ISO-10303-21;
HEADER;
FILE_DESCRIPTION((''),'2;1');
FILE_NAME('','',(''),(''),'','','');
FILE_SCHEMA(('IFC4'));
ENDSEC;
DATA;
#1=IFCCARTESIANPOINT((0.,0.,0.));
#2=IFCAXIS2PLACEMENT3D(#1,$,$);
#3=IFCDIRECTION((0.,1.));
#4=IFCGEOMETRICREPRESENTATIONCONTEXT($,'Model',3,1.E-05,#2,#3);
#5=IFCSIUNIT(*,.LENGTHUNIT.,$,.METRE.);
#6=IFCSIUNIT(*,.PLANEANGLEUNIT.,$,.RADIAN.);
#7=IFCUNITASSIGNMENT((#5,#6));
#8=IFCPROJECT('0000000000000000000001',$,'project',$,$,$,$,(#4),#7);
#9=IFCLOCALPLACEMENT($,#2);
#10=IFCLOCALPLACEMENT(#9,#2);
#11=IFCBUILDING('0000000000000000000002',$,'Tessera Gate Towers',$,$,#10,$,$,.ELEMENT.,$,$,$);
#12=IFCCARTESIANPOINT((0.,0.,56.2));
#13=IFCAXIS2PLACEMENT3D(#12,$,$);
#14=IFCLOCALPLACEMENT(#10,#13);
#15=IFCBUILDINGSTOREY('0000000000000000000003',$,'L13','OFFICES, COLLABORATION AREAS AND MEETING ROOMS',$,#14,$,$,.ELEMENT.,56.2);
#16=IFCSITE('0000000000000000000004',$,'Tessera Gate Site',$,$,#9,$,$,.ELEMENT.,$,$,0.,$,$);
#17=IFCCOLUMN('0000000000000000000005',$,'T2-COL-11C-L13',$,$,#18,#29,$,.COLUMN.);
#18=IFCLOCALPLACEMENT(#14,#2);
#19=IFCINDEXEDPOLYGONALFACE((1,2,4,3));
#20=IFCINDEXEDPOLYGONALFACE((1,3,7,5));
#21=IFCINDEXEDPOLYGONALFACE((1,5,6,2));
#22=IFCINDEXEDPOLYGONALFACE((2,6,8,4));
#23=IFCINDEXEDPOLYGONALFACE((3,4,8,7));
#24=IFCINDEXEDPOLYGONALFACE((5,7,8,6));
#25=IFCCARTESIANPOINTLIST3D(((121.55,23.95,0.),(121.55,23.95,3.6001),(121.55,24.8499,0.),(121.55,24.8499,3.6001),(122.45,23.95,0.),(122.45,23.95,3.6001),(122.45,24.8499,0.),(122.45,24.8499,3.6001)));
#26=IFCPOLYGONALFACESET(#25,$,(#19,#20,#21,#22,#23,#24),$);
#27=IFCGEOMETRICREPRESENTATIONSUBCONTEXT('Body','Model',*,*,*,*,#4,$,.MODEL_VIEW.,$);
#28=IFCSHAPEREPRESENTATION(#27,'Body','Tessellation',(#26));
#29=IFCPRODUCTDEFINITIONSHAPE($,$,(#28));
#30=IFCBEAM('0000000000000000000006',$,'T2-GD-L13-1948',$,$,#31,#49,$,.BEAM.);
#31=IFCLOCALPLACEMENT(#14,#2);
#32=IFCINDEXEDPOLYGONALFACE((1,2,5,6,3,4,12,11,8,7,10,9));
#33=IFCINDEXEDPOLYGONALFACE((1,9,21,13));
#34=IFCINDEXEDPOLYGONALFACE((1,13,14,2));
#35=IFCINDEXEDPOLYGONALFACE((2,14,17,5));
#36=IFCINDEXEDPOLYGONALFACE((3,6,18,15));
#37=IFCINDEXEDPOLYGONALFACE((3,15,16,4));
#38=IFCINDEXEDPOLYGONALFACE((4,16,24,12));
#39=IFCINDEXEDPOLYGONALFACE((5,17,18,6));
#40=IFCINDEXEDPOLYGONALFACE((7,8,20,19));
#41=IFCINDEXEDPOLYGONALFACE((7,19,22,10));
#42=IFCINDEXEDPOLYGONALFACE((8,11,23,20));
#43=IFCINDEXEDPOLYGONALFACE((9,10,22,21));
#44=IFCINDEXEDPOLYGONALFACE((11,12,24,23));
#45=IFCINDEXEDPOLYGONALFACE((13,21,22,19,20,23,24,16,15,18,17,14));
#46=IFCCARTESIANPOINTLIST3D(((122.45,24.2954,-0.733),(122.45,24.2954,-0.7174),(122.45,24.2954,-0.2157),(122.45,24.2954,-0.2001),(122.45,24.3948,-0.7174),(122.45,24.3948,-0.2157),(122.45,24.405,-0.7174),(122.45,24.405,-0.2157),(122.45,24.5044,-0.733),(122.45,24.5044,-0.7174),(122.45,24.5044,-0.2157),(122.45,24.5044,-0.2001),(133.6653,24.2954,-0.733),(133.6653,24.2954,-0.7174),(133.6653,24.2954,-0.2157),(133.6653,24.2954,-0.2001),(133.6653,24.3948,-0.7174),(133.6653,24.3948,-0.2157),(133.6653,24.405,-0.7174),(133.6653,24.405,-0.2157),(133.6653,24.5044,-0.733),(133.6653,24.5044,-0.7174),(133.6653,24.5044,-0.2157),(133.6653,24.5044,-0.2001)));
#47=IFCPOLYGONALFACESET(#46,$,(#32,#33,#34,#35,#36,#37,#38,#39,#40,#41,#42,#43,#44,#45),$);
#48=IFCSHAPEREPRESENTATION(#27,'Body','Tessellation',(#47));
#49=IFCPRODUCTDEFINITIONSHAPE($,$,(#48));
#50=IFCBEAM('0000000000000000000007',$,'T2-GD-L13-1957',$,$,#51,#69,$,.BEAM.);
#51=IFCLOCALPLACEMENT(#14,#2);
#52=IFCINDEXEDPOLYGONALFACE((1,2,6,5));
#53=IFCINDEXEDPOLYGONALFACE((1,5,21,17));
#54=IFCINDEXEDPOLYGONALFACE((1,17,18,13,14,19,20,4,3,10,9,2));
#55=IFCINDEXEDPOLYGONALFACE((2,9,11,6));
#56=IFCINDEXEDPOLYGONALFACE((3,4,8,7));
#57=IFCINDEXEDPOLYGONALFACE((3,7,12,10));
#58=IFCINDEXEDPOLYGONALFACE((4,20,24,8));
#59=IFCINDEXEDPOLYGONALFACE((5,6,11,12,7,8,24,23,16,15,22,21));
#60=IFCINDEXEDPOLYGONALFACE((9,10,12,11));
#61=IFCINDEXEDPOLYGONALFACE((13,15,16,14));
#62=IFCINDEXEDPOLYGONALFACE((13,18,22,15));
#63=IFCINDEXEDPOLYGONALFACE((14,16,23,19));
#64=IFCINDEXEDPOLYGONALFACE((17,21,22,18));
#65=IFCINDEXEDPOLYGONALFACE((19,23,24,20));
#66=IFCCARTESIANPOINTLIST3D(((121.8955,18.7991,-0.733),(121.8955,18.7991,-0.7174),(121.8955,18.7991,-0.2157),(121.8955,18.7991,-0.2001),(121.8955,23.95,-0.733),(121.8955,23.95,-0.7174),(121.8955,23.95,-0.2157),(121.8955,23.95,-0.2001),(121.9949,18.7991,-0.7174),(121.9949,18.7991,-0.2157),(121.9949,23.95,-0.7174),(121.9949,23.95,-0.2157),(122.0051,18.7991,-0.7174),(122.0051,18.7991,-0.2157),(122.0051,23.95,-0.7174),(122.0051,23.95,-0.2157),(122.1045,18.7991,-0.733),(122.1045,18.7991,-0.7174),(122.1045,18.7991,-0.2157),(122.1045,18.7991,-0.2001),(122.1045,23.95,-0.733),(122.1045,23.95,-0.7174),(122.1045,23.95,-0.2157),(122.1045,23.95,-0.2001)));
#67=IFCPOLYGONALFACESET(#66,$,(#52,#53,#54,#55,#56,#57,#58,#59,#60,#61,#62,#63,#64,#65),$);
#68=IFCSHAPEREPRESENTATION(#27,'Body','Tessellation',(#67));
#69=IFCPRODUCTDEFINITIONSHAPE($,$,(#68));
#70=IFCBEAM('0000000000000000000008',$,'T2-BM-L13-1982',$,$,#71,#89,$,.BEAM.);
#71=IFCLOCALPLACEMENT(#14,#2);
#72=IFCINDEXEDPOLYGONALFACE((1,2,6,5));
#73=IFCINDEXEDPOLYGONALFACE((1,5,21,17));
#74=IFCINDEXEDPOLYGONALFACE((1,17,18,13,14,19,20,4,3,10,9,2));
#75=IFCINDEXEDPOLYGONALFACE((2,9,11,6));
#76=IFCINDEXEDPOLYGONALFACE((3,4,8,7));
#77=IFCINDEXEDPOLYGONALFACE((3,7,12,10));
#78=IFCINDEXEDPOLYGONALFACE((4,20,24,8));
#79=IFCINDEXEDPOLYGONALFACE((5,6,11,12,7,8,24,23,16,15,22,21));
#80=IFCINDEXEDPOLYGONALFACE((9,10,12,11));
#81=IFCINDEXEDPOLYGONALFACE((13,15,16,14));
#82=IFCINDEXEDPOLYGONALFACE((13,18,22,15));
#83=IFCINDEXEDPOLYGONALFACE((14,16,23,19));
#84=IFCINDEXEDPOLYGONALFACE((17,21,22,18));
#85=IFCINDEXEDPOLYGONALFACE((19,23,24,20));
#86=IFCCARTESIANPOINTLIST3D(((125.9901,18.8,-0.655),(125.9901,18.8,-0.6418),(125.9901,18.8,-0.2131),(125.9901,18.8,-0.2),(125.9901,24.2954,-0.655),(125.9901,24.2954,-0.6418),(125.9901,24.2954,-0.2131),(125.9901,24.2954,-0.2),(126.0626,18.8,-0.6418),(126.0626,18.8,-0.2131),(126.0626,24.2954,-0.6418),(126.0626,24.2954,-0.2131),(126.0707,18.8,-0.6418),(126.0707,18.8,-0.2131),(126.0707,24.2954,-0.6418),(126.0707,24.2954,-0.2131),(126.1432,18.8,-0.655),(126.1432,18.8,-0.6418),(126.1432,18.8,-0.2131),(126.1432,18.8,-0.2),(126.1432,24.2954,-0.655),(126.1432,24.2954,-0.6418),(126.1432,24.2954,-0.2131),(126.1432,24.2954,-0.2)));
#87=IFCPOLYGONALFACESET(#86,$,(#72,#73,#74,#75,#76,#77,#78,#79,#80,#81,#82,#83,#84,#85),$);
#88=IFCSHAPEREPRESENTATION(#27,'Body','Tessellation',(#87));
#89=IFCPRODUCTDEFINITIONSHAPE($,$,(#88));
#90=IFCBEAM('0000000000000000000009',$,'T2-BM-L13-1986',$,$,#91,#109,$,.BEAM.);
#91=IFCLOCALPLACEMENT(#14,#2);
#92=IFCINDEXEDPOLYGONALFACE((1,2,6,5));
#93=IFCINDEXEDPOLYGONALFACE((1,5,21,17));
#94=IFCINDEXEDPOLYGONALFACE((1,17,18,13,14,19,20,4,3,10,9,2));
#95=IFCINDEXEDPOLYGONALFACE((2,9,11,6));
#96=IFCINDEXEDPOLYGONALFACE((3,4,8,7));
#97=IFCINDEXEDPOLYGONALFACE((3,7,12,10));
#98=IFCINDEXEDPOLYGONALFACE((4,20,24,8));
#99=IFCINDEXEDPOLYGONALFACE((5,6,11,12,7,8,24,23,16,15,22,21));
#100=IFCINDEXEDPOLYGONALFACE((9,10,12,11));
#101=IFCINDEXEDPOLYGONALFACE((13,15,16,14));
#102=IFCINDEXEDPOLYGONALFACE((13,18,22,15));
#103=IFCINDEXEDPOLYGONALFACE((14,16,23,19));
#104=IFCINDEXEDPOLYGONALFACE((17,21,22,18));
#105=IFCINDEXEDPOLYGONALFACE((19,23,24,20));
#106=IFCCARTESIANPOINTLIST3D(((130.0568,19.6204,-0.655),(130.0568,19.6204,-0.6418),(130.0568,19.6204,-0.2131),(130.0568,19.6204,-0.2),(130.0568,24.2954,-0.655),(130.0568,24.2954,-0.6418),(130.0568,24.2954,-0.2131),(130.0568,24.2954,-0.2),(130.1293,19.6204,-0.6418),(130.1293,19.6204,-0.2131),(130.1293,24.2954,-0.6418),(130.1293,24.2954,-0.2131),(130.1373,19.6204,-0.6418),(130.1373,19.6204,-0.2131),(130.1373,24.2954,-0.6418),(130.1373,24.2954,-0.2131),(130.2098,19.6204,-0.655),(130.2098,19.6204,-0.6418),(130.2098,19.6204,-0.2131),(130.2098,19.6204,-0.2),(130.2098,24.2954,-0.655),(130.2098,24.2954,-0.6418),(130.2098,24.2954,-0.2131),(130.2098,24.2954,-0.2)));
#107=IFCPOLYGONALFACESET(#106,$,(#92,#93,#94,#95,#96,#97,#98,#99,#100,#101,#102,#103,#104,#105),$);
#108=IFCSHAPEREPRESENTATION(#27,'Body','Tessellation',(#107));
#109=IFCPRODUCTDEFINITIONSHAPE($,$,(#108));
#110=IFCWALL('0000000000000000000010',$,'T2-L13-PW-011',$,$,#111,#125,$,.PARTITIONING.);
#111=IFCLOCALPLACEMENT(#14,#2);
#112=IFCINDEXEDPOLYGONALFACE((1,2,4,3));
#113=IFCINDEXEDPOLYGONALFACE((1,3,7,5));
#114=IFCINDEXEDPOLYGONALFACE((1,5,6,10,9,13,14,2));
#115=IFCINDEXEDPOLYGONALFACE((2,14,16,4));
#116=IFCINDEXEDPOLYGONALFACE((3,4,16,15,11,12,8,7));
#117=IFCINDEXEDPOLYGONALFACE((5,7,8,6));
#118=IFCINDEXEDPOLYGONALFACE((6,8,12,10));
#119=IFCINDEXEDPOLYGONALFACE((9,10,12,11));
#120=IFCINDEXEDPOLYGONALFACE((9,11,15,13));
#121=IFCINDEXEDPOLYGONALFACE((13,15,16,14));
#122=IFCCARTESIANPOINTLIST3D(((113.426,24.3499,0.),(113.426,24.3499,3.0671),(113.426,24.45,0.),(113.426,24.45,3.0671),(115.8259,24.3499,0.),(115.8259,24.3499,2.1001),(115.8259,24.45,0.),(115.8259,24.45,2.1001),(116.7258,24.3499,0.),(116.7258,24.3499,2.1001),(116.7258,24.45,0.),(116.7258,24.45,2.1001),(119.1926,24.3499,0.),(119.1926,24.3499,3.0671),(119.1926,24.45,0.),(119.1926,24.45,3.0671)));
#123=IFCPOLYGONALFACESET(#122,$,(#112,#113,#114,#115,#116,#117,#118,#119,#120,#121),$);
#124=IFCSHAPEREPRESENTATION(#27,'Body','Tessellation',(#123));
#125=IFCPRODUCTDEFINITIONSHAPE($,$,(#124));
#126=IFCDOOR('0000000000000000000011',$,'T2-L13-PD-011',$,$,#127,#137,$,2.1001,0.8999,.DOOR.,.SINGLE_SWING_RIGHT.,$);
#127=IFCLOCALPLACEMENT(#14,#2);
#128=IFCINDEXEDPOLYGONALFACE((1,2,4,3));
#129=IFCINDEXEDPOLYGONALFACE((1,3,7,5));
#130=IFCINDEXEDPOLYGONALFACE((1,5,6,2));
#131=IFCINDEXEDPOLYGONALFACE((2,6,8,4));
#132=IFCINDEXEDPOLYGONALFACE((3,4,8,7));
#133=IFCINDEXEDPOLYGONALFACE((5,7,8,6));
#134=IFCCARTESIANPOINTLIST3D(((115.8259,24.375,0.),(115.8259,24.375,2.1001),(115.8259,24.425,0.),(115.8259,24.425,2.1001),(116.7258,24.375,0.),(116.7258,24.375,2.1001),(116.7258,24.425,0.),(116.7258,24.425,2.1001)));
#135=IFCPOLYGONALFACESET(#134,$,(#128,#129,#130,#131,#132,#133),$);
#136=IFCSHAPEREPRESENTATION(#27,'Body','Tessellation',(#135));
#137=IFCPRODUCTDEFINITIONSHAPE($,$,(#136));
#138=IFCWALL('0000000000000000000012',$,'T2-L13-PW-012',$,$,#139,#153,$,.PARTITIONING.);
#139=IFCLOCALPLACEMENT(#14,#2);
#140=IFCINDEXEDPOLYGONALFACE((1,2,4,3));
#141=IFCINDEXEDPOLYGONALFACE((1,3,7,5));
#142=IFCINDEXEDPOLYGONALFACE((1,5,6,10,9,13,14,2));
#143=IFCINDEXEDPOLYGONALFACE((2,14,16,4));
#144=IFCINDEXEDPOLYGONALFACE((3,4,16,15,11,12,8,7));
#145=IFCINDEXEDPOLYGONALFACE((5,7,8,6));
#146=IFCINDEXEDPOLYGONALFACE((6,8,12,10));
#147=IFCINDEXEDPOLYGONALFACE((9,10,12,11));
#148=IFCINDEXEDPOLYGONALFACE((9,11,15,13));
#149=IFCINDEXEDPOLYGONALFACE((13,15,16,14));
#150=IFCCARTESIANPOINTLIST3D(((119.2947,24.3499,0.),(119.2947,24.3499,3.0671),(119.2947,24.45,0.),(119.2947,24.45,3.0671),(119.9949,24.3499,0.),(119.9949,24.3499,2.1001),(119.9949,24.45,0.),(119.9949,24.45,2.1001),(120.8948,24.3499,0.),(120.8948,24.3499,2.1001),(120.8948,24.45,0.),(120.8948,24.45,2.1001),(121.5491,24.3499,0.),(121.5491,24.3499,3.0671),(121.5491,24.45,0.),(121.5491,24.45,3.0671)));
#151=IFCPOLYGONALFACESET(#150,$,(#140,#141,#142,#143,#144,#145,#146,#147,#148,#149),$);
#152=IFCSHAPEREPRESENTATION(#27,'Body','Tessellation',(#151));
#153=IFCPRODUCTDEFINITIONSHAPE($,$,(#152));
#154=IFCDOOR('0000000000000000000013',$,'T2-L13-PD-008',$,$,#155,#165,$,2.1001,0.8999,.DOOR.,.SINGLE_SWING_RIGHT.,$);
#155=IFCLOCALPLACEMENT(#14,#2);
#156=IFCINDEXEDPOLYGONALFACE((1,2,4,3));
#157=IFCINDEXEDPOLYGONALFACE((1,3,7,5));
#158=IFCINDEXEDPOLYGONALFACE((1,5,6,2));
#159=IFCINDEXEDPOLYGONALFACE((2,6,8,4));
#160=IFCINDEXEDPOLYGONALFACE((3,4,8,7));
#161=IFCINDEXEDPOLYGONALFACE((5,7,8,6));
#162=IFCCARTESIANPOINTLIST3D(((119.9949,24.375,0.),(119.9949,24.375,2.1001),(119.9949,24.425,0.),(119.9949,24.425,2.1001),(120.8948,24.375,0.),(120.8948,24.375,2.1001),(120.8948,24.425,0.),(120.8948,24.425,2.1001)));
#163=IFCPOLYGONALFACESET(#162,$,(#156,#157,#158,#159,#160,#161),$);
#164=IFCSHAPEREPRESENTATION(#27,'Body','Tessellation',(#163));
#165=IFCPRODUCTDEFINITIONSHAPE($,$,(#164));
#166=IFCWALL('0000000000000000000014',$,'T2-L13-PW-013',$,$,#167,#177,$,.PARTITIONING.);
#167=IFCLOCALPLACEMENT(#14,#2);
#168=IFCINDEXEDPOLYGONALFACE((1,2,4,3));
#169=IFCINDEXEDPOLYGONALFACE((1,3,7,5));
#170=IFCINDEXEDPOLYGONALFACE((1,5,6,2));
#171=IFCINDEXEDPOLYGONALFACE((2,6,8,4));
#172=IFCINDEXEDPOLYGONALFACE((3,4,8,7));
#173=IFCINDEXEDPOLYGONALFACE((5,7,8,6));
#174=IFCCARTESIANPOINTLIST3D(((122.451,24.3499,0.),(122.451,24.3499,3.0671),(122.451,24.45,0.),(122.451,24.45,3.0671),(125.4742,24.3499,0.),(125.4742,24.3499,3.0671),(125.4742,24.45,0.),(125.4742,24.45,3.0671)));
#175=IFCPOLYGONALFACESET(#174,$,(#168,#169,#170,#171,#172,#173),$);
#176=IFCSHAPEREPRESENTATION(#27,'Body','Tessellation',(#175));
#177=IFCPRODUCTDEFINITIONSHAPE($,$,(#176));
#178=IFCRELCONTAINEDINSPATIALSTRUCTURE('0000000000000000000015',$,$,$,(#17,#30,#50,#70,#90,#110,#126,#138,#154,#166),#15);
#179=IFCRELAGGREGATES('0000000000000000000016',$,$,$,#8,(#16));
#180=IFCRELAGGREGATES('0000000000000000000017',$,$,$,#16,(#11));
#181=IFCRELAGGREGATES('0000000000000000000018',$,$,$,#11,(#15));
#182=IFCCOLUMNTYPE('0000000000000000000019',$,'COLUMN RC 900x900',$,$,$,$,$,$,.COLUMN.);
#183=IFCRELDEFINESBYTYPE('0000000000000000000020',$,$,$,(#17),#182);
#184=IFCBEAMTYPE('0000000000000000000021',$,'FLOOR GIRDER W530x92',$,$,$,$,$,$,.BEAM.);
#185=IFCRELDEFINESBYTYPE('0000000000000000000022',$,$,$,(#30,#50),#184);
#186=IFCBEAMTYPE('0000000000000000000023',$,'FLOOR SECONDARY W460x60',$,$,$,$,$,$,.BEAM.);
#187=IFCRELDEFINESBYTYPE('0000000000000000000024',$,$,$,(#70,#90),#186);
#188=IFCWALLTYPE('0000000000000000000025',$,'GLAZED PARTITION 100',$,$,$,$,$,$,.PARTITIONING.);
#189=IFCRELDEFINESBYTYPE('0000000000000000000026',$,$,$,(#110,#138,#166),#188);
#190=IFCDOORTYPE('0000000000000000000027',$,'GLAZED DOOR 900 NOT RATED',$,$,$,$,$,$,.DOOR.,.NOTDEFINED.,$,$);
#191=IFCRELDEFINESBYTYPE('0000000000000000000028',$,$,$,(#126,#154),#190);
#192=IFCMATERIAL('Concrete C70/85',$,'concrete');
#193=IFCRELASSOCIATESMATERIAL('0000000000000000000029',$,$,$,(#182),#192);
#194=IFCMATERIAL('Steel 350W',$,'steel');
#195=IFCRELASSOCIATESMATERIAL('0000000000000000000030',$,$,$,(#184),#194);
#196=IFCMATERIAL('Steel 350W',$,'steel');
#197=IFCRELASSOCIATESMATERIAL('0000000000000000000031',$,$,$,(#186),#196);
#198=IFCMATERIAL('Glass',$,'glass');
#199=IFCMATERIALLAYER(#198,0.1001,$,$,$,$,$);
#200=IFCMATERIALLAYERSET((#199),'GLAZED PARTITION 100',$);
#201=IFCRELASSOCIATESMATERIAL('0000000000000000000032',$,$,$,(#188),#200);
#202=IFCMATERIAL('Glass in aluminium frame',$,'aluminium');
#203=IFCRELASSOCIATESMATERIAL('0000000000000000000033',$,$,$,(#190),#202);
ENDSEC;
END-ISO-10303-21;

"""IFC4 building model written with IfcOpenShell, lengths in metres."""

from ifc_helpers import new_model, si_unit, direction, frame, frame_2d, origin, origin_2d, place, context, subcontext, project, spatial, rectangle, i_section, extrude, source, transform, mapped, material, layer, layer_set, material_profile, profile_set, type_object, element, fill, save


model = new_model("IFC4")

# Units and contexts
model_context = context("Model", 3, precision=1e-05, world=origin(), true_north=direction((0.0, 1.0)))
body_context = subcontext(model_context, "Body", "Model", "MODEL_VIEW")
ifc_project = project(units=[si_unit("LENGTHUNIT", "METRE"), si_unit("PLANEANGLEUNIT", "RADIAN")], contexts=[model_context])

# Site, building, storey
site_placement = place(None, origin())
site = spatial("IfcSite", under=ifc_project, at=site_placement, Name="Tessera Gate Site", CompositionType="ELEMENT", RefElevation=0.0)
building_placement = place(site_placement, origin())
building = spatial("IfcBuilding", under=site, at=building_placement, Name="Tessera Gate Towers", CompositionType="ELEMENT")
storey_placement = place(building_placement, frame((0.0, 0.0, 56.2)))
storey = spatial("IfcBuildingStorey", under=building, at=storey_placement, Name="L13", Description="OFFICES, COLLABORATION AREAS AND MEETING ROOMS", CompositionType="ELEMENT", Elevation=56.2)

# Column
ifc_material_1 = material(Name="Concrete C70/85", Category="concrete")
ifc_material_profile_1 = material_profile(ifc_material_1, rectangle(XDim=0.8999, YDim=0.8999, at=origin_2d()), Name="RC 900x900")
ifc_profile_set_1 = profile_set([ifc_material_profile_1], Name="Concrete C70/85")
column_type = type_object("IfcColumnType", Name="COLUMN RC 900x900", PredefinedType="COLUMN", material=ifc_profile_set_1)
column_placement = place(storey_placement, frame((122.0, 24.3999, 0.0), z_axis=(0.0, 0.0, 1.0), x_axis=(1.0, 0.0, 0.0)))
element("IfcColumn", 1, at=column_placement, inside=storey, type_object=column_type, Name="T2-COL-11C-L13", PredefinedType="COLUMN", context=body_context, shape_type="SweptSolid", body=[
    extrude(rectangle(XDim=0.8999, YDim=0.8999, at=origin_2d()), origin(), (0.0, 0.0, 1.0), 3.6001),
])

# Beams
ifc_material_2 = material(Name="Steel 350W", Category="steel")
ifc_material_profile_2 = material_profile(ifc_material_2, i_section(OverallWidth=0.209, OverallDepth=0.533, WebThickness=0.0103, FlangeThickness=0.0156, at=origin_2d()), Name="W530x92")
ifc_profile_set_2 = profile_set([ifc_material_profile_2], Name="Steel 350W")
beam_type_1 = type_object("IfcBeamType", Name="FLOOR GIRDER W530x92", PredefinedType="BEAM", material=ifc_profile_set_2)
beam_1_placement = place(storey_placement, frame((122.45, 24.3999, -0.4666), z_axis=(1.0, 0.0, 0.0), x_axis=(0.0, 1.0, 0.0)))
element("IfcBeam", 2, at=beam_1_placement, inside=storey, type_object=beam_type_1, Name="T2-GD-L13-1948", PredefinedType="BEAM", context=body_context, shape_type="SweptSolid", body=[
    extrude(i_section(OverallWidth=0.209, OverallDepth=0.533, WebThickness=0.0103, FlangeThickness=0.0156, at=origin_2d()), origin(), (0.0, 0.0, 1.0), 11.2153),
])
beam_2_placement = place(storey_placement, frame((122.0, 18.7991, -0.4666), z_axis=(0.0, 1.0, 0.0), x_axis=(-1.0, 0.0, 0.0)))
element("IfcBeam", 3, at=beam_2_placement, inside=storey, type_object=beam_type_1, Name="T2-GD-L13-1957", PredefinedType="BEAM", context=body_context, shape_type="SweptSolid", body=[
    extrude(i_section(OverallWidth=0.209, OverallDepth=0.533, WebThickness=0.0103, FlangeThickness=0.0156, at=origin_2d()), origin(), (0.0, 0.0, 1.0), 5.1509),
])
ifc_material_3 = material(Name="Steel 350W", Category="steel")
ifc_material_profile_3 = material_profile(ifc_material_3, i_section(OverallWidth=0.1531, OverallDepth=0.4551, WebThickness=0.0081, FlangeThickness=0.0132, at=origin_2d()), Name="W460x60")
ifc_profile_set_3 = profile_set([ifc_material_profile_3], Name="Steel 350W")
beam_type_2 = type_object("IfcBeamType", Name="FLOOR SECONDARY W460x60", PredefinedType="BEAM", material=ifc_profile_set_3)
beam_3_placement = place(storey_placement, frame((126.0667, 18.8, -0.4275), z_axis=(0.0, 1.0, 0.0), x_axis=(-1.0, 0.0, 0.0)))
element("IfcBeam", 4, at=beam_3_placement, inside=storey, type_object=beam_type_2, Name="T2-BM-L13-1982", PredefinedType="BEAM", context=body_context, shape_type="SweptSolid", body=[
    extrude(i_section(OverallWidth=0.1531, OverallDepth=0.4551, WebThickness=0.0081, FlangeThickness=0.0132, at=origin_2d()), origin(), (0.0, 0.0, 1.0), 5.4954),
])
beam_4_placement = place(storey_placement, frame((130.1333, 19.6204, -0.4275), z_axis=(0.0, 1.0, 0.0), x_axis=(-1.0, 0.0, 0.0)))
element("IfcBeam", 5, at=beam_4_placement, inside=storey, type_object=beam_type_2, Name="T2-BM-L13-1986", PredefinedType="BEAM", context=body_context, shape_type="SweptSolid", body=[
    extrude(i_section(OverallWidth=0.1531, OverallDepth=0.4551, WebThickness=0.0081, FlangeThickness=0.0132, at=origin_2d()), origin(), (0.0, 0.0, 1.0), 4.675),
])

# Walls, openings, doors
ifc_material_4 = material(Name="Glass", Category="glass")
ifc_layer_1 = layer(ifc_material_4, 0.1001)
ifc_layer_set_1 = layer_set([ifc_layer_1], Name="GLAZED PARTITION 100")
wall_type_1 = type_object("IfcWallType", Name="GLAZED PARTITION 100", PredefinedType="PARTITIONING", material=ifc_layer_set_1)
wall_1_placement = place(storey_placement, frame((119.1926, 24.3999, 0.0), z_axis=(0.0, 0.0, 1.0), x_axis=(-1.0, 0.0, 0.0)))
wall_1 = element("IfcWall", 6, at=wall_1_placement, inside=storey, type_object=wall_type_1, Name="T2-L13-PW-011", PredefinedType="PARTITIONING", context=body_context, shape_type="SweptSolid", body=[
    extrude(rectangle(XDim=5.7666, YDim=0.1001, at=frame_2d((2.8833, 0.0))), origin(), (0.0, 0.0, 1.0), 3.0671),
])
shared_shape_1 = source(origin(), body_context, "Body", "SweptSolid", [
    extrude(rectangle(XDim=0.8999, YDim=2.1001, at=frame_2d((0.45, 1.05))), frame((0.0, 0.0601, 0.0), z_axis=(0.0, -1.0, 0.0), x_axis=(1.0, 0.0, 0.0)), (0.0, 0.0, 1.0), 0.1201),
])
opening_1_placement = place(wall_1_placement, frame((2.4668, 0.0, 0.0)))
opening_1 = element("IfcOpeningElement", 7, at=opening_1_placement, cuts=wall_1, PredefinedType="OPENING", context=body_context, shape_type="MappedRepresentation", body=[
    mapped(shared_shape_1, transform((0.0, 0.0, 0.0), scale=1.0)),
])
ifc_material_5 = material(Name="Glass in aluminium frame", Category="aluminium")
door_type = type_object("IfcDoorType", Name="GLAZED DOOR 900 NOT RATED", OperationType="NOTDEFINED", PredefinedType="DOOR", material=ifc_material_5)
shared_shape_2 = source(origin(), body_context, "Body", "SweptSolid", [
    extrude(rectangle(XDim=0.8999, YDim=2.1001, at=frame_2d((0.45, 1.05))), frame((0.0, 0.0249, 0.0), z_axis=(0.0, -1.0, 0.0), x_axis=(1.0, 0.0, 0.0)), (0.0, 0.0, 1.0), 0.05),
])
door_1_placement = place(opening_1_placement, origin())
door_1 = element("IfcDoor", 8, at=door_1_placement, inside=storey, type_object=door_type, Name="T2-L13-PD-011", OperationType="SINGLE_SWING_RIGHT", OverallHeight=2.1001, OverallWidth=0.8999, PredefinedType="DOOR", context=body_context, shape_type="MappedRepresentation", body=[
    mapped(shared_shape_2, transform((0.0, 0.0, 0.0), scale=1.0)),
])
fill(opening_1, door_1)
wall_2_placement = place(storey_placement, frame((121.5491, 24.3999, 0.0), z_axis=(0.0, 0.0, 1.0), x_axis=(-1.0, 0.0, 0.0)))
wall_2 = element("IfcWall", 9, at=wall_2_placement, inside=storey, type_object=wall_type_1, Name="T2-L13-PW-012", PredefinedType="PARTITIONING", context=body_context, shape_type="SweptSolid", body=[
    extrude(rectangle(XDim=2.2544, YDim=0.1001, at=frame_2d((1.1272, 0.0))), origin(), (0.0, 0.0, 1.0), 3.0671),
])
opening_2_placement = place(wall_2_placement, frame((0.6543, 0.0, 0.0)))
opening_2 = element("IfcOpeningElement", 10, at=opening_2_placement, cuts=wall_2, PredefinedType="OPENING", context=body_context, shape_type="MappedRepresentation", body=[
    mapped(shared_shape_1, transform((0.0, 0.0, 0.0), scale=1.0)),
])
door_2_placement = place(opening_2_placement, origin())
door_2 = element("IfcDoor", 11, at=door_2_placement, inside=storey, type_object=door_type, Name="T2-L13-PD-008", OperationType="SINGLE_SWING_RIGHT", OverallHeight=2.1001, OverallWidth=0.8999, PredefinedType="DOOR", context=body_context, shape_type="MappedRepresentation", body=[
    mapped(shared_shape_2, transform((0.0, 0.0, 0.0), scale=1.0)),
])
fill(opening_2, door_2)

# Wall
wall_3_placement = place(storey_placement, frame((122.4509, 24.3999, 0.0), z_axis=(0.0, 0.0, 1.0), x_axis=(1.0, 0.0, 0.0)))
element("IfcWall", 12, at=wall_3_placement, inside=storey, type_object=wall_type_1, Name="T2-L13-PW-013", PredefinedType="PARTITIONING", context=body_context, shape_type="SweptSolid", body=[
    extrude(rectangle(XDim=3.0232, YDim=0.1001, at=frame_2d((1.5117, 0.0))), origin(), (0.0, 0.0, 1.0), 3.0671),
])

save(model, "model.ifc")
